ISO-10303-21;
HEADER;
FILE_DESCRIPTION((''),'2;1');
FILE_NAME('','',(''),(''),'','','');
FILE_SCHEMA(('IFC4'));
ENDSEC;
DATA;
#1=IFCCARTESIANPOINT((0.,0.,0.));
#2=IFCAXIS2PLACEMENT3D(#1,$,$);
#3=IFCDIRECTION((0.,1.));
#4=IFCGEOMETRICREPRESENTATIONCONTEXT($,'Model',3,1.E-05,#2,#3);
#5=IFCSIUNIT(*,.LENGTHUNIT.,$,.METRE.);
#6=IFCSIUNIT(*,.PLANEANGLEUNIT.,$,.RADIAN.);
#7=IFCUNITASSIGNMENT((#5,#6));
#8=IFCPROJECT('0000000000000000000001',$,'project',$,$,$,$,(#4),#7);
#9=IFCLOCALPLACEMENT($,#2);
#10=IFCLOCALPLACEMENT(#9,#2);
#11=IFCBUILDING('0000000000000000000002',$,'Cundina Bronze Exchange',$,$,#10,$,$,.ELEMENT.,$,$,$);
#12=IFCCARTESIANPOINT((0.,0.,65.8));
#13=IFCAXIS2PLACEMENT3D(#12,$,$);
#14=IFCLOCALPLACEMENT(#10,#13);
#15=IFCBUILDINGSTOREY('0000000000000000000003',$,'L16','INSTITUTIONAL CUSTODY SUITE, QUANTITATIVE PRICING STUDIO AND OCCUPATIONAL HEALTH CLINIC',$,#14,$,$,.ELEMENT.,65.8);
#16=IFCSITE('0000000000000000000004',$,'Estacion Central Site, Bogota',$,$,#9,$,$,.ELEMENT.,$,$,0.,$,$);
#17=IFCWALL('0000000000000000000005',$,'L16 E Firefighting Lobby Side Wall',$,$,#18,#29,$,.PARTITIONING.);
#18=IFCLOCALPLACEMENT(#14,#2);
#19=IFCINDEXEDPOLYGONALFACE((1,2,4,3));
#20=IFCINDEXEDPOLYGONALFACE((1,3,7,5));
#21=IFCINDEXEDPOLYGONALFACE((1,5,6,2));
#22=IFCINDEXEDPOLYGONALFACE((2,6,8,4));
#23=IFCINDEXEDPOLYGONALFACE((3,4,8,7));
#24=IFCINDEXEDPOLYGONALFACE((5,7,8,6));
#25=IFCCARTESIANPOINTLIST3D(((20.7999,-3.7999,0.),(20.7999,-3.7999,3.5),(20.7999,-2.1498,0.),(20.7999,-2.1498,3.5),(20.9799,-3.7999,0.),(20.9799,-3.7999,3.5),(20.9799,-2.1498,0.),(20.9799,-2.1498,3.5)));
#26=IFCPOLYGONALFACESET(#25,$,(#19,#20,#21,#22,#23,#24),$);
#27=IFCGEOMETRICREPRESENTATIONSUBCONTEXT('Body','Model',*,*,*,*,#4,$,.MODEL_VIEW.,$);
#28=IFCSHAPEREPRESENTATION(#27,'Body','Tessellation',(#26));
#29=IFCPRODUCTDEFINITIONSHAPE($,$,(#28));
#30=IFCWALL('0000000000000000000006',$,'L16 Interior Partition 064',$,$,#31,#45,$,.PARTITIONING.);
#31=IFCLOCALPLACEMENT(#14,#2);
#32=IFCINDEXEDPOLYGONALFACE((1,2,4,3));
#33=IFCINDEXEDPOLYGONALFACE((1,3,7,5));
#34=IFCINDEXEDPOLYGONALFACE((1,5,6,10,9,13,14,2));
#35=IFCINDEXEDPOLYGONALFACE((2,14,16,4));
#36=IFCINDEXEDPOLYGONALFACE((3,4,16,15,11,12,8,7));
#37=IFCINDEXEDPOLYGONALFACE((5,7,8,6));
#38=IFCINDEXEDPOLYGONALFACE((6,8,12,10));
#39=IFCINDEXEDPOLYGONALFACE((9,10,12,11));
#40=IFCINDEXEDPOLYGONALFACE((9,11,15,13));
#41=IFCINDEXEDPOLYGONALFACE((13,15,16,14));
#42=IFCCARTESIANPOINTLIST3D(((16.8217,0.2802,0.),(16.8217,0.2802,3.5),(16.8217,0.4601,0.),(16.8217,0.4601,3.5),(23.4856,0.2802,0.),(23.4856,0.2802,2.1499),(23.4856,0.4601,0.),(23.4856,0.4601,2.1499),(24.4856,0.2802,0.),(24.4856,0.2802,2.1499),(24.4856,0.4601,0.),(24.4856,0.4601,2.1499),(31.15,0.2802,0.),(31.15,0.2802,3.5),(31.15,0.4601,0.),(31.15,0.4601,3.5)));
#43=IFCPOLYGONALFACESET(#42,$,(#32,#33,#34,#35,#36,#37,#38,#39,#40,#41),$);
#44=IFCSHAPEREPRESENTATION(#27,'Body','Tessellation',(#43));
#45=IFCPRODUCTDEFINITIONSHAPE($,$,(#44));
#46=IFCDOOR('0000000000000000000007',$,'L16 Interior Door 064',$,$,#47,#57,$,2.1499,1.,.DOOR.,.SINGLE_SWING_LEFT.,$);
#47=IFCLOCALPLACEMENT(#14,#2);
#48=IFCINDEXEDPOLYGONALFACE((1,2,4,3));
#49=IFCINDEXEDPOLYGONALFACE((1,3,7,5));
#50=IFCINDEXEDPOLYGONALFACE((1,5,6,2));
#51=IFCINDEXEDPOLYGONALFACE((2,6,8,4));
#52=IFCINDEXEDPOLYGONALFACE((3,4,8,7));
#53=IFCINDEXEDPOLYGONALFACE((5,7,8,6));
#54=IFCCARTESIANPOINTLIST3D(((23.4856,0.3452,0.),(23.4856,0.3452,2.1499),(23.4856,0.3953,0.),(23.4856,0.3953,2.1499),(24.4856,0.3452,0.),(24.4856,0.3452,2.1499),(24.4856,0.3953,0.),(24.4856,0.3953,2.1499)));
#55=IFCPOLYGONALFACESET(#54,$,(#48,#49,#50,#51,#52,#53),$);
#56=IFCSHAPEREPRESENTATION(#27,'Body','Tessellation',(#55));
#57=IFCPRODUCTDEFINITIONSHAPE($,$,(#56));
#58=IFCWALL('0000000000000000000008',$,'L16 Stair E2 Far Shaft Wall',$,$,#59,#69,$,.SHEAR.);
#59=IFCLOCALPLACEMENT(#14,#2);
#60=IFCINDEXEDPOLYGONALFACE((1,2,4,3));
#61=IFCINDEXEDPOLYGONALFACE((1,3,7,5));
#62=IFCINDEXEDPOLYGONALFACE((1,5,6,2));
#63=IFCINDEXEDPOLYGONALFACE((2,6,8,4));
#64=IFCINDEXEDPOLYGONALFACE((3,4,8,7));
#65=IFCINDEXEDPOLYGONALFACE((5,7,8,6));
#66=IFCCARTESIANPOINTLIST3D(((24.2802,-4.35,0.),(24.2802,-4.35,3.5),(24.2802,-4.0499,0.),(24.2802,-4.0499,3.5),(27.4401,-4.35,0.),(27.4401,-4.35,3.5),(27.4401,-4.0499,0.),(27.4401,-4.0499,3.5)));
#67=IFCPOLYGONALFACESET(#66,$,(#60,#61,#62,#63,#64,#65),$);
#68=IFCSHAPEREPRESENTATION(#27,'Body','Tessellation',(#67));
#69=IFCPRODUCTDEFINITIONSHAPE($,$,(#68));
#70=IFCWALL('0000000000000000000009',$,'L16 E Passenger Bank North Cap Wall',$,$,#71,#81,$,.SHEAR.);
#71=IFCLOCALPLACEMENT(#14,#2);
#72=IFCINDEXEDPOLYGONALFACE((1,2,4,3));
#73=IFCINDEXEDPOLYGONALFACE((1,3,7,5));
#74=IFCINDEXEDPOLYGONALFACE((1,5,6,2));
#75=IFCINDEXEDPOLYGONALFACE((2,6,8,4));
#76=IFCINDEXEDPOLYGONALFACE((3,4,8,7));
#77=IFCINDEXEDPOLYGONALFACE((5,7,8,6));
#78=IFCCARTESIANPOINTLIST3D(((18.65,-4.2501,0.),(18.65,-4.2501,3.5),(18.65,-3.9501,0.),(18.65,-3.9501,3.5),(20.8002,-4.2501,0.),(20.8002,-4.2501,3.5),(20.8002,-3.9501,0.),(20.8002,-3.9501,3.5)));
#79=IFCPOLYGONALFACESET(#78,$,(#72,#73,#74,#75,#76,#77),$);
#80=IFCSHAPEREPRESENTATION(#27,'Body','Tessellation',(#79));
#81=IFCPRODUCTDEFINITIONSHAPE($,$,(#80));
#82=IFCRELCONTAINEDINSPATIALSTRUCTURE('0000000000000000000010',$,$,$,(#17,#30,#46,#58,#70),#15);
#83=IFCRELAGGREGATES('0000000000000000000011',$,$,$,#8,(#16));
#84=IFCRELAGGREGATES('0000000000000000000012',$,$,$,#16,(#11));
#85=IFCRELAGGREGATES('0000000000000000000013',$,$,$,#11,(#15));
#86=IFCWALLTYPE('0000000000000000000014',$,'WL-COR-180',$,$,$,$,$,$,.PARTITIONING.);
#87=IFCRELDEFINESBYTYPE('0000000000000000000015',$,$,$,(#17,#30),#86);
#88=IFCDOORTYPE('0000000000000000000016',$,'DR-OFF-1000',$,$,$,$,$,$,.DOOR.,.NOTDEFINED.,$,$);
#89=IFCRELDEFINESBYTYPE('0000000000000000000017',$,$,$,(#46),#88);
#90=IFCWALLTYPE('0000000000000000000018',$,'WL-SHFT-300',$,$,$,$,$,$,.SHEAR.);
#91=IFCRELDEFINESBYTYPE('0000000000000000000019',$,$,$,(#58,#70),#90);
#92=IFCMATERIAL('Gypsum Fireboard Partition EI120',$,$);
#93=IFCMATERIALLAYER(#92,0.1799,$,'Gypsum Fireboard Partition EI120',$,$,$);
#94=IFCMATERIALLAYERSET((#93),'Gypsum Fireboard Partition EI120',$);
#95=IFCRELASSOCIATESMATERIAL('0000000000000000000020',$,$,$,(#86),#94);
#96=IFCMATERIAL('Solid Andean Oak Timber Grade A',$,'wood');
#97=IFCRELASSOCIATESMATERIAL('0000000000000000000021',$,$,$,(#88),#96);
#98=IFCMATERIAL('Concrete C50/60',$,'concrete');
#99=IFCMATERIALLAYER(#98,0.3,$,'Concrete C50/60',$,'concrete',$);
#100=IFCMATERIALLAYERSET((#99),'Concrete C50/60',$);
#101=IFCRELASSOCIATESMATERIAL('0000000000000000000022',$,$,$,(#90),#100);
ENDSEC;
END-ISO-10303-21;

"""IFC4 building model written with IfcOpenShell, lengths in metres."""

from ifc_helpers import new_model, si_unit, direction, frame, frame_2d, origin, place, context, subcontext, project, spatial, rectangle, extrude, material, layer, layer_set, type_object, element, fill, save


model = new_model("IFC4")

# Units and contexts
model_context = context("Model", 3, precision=1e-05, world=origin(), true_north=direction((0.0, 1.0)))
body_context = subcontext(model_context, "Body", "Model", "MODEL_VIEW")
ifc_project = project(units=[si_unit("LENGTHUNIT", "METRE"), si_unit("PLANEANGLEUNIT", "RADIAN")], contexts=[model_context])

# Site, building, storey
site_placement = place(None, origin())
site = spatial("IfcSite", under=ifc_project, at=site_placement, Name="Estacion Central Site, Bogota", CompositionType="ELEMENT", RefElevation=0.0)
building_placement = place(site_placement, origin())
building = spatial("IfcBuilding", under=site, at=building_placement, Name="Cundina Bronze Exchange", CompositionType="ELEMENT")
storey_placement = place(building_placement, frame((0.0, 0.0, 65.8)))
storey = spatial("IfcBuildingStorey", under=building, at=storey_placement, Name="L16", Description="INSTITUTIONAL CUSTODY SUITE, QUANTITATIVE PRICING STUDIO AND OCCUPATIONAL HEALTH CLINIC", CompositionType="ELEMENT", Elevation=65.8)

# Wall
ifc_material_1 = material(Name="Gypsum Fireboard Partition EI120")
ifc_layer_1 = layer(ifc_material_1, 0.1799, Name="Gypsum Fireboard Partition EI120")
ifc_layer_set_1 = layer_set([ifc_layer_1], Name="Gypsum Fireboard Partition EI120")
wall_type_1 = type_object("IfcWallType", Name="WL-COR-180", PredefinedType="PARTITIONING", material=ifc_layer_set_1)
wall_1_placement = place(storey_placement, frame((20.8899, -3.8, 0.0), z_axis=(0.0, 0.0, 1.0), x_axis=(0.0, 1.0, 0.0)))
element("IfcWall", 1, at=wall_1_placement, inside=storey, type_object=wall_type_1, Name="L16 E Firefighting Lobby Side Wall", PredefinedType="PARTITIONING", context=body_context, shape_type="SweptSolid", body=[
    extrude(rectangle(XDim=1.6501, YDim=0.1799, at=frame_2d((0.8252, 0.0))), origin(), (0.0, 0.0, 1.0), 3.5),
])

# Wall, opening, door
wall_2_placement = place(storey_placement, frame((31.1499, 0.3701, 0.0), z_axis=(0.0, 0.0, 1.0), x_axis=(-1.0, 0.0, 0.0)))
wall_2 = element("IfcWall", 2, at=wall_2_placement, inside=storey, type_object=wall_type_1, Name="L16 Interior Partition 064", PredefinedType="PARTITIONING", context=body_context, shape_type="SweptSolid", body=[
    extrude(rectangle(XDim=14.3284, YDim=0.1799, at=frame_2d((7.1641, 0.0))), origin(), (0.0, 0.0, 1.0), 3.5),
])
opening_1_placement = place(wall_2_placement, frame((6.6643, 0.0, 0.0)))
opening_1 = element("IfcOpeningElement", 3, at=opening_1_placement, cuts=wall_2, PredefinedType="OPENING", context=body_context, shape_type="SweptSolid", body=[
    extrude(rectangle(XDim=1.0, YDim=2.1499, at=frame_2d((0.5, 1.075))), frame((0.0, 0.0999, 0.0), z_axis=(0.0, -1.0, 0.0), x_axis=(1.0, 0.0, 0.0)), (0.0, 0.0, 1.0), 0.2),
])
ifc_material_2 = material(Name="Solid Andean Oak Timber Grade A", Category="wood")
door_type_1 = type_object("IfcDoorType", Name="DR-OFF-1000", OperationType="NOTDEFINED", PredefinedType="DOOR", material=ifc_material_2)
door_1_placement = place(opening_1_placement, origin())
door_1 = element("IfcDoor", 4, at=door_1_placement, inside=storey, type_object=door_type_1, Name="L16 Interior Door 064", OperationType="SINGLE_SWING_LEFT", OverallHeight=2.1499, OverallWidth=1.0, PredefinedType="DOOR", context=body_context, shape_type="SweptSolid", body=[
    extrude(rectangle(XDim=1.0, YDim=2.1499, at=frame_2d((0.5, 1.075))), frame((0.0, 0.0249, 0.0), z_axis=(0.0, -1.0, 0.0), x_axis=(1.0, 0.0, 0.0)), (0.0, 0.0, 1.0), 0.05),
])
fill(opening_1, door_1)
ifc_material_3 = material(Name="Concrete C50/60", Category="concrete")
ifc_layer_2 = layer(ifc_material_3, 0.3, Name="Concrete C50/60", Category="concrete")
ifc_layer_set_2 = layer_set([ifc_layer_2], Name="Concrete C50/60")
wall_type_2 = type_object("IfcWallType", Name="WL-SHFT-300", PredefinedType="SHEAR", material=ifc_layer_set_2)

# Walls
wall_3_placement = place(storey_placement, frame((24.28, -4.2, 0.0), z_axis=(0.0, 0.0, 1.0), x_axis=(1.0, 0.0, 0.0)))
element("IfcWall", 5, at=wall_3_placement, inside=storey, type_object=wall_type_2, Name="L16 Stair E2 Far Shaft Wall", PredefinedType="SHEAR", context=body_context, shape_type="SweptSolid", body=[
    extrude(rectangle(XDim=3.1599, YDim=0.3, at=frame_2d((1.5801, 0.0))), origin(), (0.0, 0.0, 1.0), 3.5),
])
wall_4_placement = place(storey_placement, frame((18.6499, -4.1001, 0.0), z_axis=(0.0, 0.0, 1.0), x_axis=(1.0, 0.0, 0.0)))
element("IfcWall", 6, at=wall_4_placement, inside=storey, type_object=wall_type_2, Name="L16 E Passenger Bank North Cap Wall", PredefinedType="SHEAR", context=body_context, shape_type="SweptSolid", body=[
    extrude(rectangle(XDim=2.1501, YDim=0.3, at=frame_2d((1.0752, 0.0))), origin(), (0.0, 0.0, 1.0), 3.5),
])

save(model, "model.ifc")
